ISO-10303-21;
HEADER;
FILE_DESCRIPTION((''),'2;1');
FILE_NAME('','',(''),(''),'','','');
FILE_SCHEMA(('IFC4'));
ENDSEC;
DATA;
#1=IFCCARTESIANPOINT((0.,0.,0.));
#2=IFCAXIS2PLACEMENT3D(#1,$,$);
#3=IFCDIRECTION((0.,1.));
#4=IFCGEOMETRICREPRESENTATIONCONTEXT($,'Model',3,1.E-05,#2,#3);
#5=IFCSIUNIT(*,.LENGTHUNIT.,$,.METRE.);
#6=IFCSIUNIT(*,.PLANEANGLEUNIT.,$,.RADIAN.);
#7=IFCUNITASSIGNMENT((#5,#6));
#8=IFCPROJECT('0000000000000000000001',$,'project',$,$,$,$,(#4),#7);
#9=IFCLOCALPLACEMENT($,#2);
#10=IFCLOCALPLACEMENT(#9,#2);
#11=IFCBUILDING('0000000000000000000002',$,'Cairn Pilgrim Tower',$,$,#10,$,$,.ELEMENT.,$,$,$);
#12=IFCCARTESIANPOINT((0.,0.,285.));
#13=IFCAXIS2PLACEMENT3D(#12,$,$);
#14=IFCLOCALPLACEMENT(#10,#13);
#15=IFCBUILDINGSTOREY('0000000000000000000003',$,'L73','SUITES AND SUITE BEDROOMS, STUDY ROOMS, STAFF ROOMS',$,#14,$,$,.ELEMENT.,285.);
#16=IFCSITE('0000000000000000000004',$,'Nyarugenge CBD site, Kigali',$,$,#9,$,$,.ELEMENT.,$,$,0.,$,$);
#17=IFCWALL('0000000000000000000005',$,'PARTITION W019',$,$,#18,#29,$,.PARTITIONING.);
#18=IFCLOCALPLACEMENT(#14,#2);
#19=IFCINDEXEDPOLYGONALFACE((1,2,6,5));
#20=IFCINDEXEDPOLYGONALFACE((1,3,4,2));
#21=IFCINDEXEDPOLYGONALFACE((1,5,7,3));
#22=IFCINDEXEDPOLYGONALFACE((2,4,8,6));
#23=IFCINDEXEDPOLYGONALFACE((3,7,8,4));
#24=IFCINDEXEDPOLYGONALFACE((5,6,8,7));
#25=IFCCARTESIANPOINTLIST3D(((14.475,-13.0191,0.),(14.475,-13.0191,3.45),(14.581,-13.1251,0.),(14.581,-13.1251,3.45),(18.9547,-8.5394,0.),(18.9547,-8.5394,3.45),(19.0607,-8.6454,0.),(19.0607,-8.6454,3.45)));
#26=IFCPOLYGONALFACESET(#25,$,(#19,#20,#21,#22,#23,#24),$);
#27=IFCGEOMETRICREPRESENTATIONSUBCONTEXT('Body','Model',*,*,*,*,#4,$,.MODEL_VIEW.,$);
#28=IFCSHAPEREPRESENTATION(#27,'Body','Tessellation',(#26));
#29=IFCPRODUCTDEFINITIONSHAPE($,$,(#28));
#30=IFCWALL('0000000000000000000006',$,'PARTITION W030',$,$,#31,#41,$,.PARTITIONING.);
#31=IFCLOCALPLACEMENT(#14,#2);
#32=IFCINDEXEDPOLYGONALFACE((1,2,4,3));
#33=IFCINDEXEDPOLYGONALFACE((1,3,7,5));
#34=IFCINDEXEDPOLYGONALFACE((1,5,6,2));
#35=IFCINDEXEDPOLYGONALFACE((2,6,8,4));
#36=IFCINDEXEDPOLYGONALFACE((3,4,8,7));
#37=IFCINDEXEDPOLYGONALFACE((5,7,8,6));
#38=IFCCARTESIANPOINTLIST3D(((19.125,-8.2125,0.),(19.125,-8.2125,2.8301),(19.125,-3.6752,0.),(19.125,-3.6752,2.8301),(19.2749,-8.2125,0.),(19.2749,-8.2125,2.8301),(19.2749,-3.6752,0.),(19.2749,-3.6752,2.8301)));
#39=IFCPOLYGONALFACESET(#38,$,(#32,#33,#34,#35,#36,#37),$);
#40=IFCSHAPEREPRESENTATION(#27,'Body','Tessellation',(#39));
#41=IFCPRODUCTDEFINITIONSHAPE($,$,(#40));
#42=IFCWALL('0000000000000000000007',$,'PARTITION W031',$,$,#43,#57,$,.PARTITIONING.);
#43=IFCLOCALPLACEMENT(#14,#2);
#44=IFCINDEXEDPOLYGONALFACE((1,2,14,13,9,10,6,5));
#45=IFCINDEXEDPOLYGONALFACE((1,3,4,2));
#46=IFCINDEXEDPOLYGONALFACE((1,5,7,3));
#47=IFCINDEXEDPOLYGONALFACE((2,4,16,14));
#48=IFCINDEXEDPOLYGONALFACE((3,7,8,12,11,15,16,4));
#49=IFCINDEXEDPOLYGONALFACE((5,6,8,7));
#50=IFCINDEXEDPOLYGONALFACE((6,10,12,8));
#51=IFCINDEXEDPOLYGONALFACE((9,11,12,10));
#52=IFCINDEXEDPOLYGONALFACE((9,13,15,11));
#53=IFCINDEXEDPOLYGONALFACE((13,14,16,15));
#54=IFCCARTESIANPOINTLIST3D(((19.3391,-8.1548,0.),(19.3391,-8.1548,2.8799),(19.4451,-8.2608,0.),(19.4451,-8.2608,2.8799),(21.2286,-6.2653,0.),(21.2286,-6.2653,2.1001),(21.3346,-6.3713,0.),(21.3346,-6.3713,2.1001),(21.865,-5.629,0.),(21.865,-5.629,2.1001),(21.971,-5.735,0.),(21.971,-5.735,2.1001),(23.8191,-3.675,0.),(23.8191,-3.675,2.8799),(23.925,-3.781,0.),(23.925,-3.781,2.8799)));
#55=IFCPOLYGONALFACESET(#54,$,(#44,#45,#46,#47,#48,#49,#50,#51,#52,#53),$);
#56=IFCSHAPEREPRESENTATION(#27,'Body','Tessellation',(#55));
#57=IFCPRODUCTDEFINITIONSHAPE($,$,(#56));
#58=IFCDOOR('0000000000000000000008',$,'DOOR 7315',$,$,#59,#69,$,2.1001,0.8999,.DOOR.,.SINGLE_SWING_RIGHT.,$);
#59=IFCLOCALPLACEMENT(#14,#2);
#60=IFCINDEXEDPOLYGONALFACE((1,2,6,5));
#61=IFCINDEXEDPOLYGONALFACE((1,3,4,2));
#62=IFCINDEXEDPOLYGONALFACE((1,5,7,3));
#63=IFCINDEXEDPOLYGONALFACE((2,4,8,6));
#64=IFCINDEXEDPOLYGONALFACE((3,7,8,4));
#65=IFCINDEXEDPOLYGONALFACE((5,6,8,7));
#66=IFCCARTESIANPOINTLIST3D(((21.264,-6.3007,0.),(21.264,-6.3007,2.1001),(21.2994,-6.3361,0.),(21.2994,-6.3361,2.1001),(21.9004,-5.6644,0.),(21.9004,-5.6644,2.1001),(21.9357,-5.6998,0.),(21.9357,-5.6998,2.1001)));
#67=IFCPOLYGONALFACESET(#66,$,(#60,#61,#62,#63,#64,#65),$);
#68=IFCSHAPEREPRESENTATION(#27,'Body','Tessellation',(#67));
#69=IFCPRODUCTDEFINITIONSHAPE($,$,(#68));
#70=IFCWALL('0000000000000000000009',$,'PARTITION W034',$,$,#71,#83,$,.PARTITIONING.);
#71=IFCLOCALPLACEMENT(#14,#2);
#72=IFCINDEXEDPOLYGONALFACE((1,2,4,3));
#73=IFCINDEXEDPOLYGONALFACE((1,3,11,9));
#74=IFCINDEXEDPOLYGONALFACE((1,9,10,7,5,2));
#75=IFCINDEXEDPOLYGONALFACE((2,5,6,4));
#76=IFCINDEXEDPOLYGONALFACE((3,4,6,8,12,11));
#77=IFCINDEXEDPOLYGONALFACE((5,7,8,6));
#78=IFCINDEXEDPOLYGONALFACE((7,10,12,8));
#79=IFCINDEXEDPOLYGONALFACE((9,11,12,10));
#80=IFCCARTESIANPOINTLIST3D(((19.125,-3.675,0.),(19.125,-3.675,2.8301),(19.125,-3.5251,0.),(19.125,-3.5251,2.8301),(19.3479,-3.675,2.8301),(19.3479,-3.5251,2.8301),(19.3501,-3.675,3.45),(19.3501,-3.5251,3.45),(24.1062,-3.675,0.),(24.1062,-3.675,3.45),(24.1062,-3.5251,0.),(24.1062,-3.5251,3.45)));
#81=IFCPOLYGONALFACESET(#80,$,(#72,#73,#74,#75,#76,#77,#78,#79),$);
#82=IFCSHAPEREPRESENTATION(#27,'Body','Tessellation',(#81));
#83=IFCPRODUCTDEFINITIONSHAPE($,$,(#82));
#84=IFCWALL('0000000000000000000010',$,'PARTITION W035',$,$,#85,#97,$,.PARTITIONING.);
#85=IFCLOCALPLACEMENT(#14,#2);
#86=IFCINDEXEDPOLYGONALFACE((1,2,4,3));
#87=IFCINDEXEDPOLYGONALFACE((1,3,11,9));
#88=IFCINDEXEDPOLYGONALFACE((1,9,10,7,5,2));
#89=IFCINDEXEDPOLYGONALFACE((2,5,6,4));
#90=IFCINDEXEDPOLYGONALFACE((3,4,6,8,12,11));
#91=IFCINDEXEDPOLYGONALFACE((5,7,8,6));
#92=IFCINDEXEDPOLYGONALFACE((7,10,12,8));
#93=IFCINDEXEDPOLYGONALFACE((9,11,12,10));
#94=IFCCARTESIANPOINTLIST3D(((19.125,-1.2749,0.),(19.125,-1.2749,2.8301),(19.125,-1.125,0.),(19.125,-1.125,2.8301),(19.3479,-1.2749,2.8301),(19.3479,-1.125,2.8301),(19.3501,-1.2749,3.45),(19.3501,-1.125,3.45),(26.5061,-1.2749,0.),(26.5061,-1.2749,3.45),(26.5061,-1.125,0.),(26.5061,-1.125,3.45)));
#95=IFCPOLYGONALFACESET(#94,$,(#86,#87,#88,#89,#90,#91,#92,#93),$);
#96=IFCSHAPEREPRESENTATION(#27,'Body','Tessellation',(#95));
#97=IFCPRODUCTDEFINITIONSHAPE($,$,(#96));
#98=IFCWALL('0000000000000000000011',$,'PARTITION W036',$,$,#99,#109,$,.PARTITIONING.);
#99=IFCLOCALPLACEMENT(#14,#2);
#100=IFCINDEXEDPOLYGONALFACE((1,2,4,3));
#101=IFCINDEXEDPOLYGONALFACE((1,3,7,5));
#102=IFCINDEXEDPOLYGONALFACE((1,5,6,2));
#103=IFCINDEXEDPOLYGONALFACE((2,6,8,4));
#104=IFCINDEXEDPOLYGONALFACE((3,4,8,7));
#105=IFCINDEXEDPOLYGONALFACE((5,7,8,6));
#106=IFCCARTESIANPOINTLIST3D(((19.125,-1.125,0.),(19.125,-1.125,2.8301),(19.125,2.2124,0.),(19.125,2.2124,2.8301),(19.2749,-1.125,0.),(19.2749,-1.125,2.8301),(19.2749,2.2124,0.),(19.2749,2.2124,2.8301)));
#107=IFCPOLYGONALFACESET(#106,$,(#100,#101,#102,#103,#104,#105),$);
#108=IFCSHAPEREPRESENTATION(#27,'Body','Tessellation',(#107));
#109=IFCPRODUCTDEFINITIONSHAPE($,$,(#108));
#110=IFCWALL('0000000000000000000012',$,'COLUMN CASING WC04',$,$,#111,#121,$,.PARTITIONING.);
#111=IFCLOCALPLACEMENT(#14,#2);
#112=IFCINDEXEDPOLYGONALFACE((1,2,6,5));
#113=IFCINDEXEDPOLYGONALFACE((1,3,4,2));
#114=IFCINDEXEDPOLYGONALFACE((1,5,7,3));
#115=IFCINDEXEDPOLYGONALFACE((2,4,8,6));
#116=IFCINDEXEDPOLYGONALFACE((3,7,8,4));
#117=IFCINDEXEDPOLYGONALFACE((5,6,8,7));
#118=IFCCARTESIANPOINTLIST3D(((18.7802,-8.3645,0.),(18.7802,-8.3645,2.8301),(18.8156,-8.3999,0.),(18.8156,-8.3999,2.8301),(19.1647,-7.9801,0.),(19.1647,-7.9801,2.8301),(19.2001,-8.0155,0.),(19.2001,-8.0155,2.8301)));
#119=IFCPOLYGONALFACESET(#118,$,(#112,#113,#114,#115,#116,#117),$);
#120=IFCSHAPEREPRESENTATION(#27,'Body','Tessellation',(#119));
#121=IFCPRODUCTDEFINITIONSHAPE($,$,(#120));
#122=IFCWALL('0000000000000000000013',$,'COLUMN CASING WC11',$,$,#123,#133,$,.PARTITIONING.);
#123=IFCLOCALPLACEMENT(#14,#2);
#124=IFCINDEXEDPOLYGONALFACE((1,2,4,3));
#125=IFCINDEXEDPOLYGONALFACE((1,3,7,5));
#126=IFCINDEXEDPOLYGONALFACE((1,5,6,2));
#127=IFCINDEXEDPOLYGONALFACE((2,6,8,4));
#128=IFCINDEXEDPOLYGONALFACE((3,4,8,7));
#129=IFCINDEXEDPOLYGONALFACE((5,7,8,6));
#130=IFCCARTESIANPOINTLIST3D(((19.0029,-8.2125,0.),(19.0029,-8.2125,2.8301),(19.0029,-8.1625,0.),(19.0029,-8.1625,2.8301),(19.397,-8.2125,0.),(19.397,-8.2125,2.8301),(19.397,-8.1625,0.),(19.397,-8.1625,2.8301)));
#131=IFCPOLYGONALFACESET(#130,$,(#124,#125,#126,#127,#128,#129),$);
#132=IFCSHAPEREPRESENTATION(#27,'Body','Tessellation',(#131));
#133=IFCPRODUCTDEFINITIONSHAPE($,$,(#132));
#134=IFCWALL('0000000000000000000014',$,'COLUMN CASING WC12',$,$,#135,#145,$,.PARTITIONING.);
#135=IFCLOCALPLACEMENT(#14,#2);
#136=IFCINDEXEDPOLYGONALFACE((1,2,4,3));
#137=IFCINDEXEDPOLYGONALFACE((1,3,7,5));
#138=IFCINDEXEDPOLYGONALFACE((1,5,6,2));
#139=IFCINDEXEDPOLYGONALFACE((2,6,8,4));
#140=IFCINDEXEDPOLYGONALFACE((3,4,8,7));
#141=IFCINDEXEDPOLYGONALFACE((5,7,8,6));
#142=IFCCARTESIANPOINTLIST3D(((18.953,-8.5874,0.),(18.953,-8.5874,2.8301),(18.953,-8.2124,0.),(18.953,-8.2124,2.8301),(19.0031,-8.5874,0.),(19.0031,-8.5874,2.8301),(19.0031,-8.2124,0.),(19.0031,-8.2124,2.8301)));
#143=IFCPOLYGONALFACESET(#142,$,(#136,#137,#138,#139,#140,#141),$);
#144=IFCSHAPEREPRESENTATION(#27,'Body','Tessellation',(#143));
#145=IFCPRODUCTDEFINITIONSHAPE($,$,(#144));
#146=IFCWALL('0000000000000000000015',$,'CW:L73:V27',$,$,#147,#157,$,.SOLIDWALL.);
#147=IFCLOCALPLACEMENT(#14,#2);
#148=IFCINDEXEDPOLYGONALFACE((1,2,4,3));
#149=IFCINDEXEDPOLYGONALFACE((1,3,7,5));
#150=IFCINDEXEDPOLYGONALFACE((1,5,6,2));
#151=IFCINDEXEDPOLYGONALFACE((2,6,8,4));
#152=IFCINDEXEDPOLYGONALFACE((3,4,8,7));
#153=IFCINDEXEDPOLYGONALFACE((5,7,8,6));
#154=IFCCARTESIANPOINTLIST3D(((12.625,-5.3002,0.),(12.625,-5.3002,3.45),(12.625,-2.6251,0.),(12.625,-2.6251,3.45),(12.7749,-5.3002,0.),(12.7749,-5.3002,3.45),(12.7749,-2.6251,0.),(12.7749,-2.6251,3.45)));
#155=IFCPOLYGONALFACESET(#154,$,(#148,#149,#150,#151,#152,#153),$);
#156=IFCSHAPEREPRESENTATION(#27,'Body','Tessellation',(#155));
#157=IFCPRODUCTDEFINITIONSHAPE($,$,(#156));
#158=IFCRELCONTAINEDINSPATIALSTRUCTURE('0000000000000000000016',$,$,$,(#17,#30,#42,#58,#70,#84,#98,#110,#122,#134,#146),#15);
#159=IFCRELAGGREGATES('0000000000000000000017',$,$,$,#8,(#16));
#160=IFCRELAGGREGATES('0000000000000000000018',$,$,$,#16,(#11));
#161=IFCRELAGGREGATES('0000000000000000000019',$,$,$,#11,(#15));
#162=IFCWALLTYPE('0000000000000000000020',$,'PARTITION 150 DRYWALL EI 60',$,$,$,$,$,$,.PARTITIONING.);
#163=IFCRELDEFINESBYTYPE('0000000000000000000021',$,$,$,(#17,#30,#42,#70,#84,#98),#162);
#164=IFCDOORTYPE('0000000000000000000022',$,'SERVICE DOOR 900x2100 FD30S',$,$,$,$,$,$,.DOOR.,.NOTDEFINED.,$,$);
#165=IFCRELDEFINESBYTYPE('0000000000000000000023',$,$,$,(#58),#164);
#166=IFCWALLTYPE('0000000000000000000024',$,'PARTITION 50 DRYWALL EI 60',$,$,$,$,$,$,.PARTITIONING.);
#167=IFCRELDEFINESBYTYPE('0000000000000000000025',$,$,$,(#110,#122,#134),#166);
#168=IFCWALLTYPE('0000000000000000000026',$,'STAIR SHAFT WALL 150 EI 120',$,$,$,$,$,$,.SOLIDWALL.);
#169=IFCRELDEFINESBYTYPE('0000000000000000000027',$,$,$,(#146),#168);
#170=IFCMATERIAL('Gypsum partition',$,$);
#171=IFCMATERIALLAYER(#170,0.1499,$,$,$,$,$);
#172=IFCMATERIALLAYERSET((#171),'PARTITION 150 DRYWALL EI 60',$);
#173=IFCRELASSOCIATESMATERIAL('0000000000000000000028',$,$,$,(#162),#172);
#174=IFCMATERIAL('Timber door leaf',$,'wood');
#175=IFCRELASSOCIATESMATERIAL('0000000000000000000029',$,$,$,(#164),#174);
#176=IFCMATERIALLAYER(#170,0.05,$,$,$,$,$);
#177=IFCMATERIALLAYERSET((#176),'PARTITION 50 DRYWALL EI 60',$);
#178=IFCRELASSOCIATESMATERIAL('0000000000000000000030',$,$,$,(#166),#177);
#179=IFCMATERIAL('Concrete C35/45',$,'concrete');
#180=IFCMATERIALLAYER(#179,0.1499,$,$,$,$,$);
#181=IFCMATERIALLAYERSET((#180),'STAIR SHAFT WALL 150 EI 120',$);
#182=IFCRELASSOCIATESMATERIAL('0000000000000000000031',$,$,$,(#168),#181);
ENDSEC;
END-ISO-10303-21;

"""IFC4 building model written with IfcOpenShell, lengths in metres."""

from ifc_helpers import new_model, si_unit, direction, frame, frame_2d, origin, place, context, subcontext, project, spatial, polyline, rectangle, outline, extrude, material, layer, layer_set, type_object, element, fill, save


model = new_model("IFC4")

# Units and contexts
model_context = context("Model", 3, precision=1e-05, world=origin(), true_north=direction((0.0, 1.0)))
body_context = subcontext(model_context, "Body", "Model", "MODEL_VIEW")
ifc_project = project(units=[si_unit("LENGTHUNIT", "METRE"), si_unit("PLANEANGLEUNIT", "RADIAN")], contexts=[model_context])

# Site, building, storey
site_placement = place(None, origin())
site = spatial("IfcSite", under=ifc_project, at=site_placement, Name="Nyarugenge CBD site, Kigali", CompositionType="ELEMENT", RefElevation=0.0)
building_placement = place(site_placement, origin())
building = spatial("IfcBuilding", under=site, at=building_placement, Name="Cairn Pilgrim Tower", CompositionType="ELEMENT")
storey_placement = place(building_placement, frame((0.0, 0.0, 285.0)))
storey = spatial("IfcBuildingStorey", under=building, at=storey_placement, Name="L73", Description="SUITES AND SUITE BEDROOMS, STUDY ROOMS, STAFF ROOMS", CompositionType="ELEMENT", Elevation=285.0)

# Walls
ifc_material_1 = material(Name="Gypsum partition")
ifc_layer_1 = layer(ifc_material_1, 0.1499)
ifc_layer_set_1 = layer_set([ifc_layer_1], Name="PARTITION 150 DRYWALL EI 60")
wall_type_1 = type_object("IfcWallType", Name="PARTITION 150 DRYWALL EI 60", PredefinedType="PARTITIONING", material=ifc_layer_set_1)
wall_1_placement = place(storey_placement, frame((14.5281, -13.072, 0.0), z_axis=(0.0, 0.0, 1.0), x_axis=(0.707107, 0.707107, 0.0)))
element("IfcWall", 1, at=wall_1_placement, inside=storey, type_object=wall_type_1, Name="PARTITION W019", PredefinedType="PARTITIONING", context=body_context, shape_type="SweptSolid", body=[
    extrude(rectangle(XDim=6.3352, YDim=0.1499, at=frame_2d((3.1675, 0.0))), origin(), (0.0, 0.0, 1.0), 3.45),
])
wall_2_placement = place(storey_placement, frame((19.2, -8.2124, 0.0), z_axis=(0.0, 0.0, 1.0), x_axis=(0.0, 1.0, 0.0)))
element("IfcWall", 2, at=wall_2_placement, inside=storey, type_object=wall_type_1, Name="PARTITION W030", PredefinedType="PARTITIONING", context=body_context, shape_type="SweptSolid", body=[
    extrude(rectangle(XDim=4.5374, YDim=0.1499, at=frame_2d((2.2686, 0.0))), origin(), (0.0, 0.0, 1.0), 2.8301),
])

# Wall, opening, door
wall_3_placement = place(storey_placement, frame((19.3921, -8.2078, 0.0), z_axis=(0.0, 0.0, 1.0), x_axis=(0.707126, 0.707088, 0.0)))
wall_3 = element("IfcWall", 3, at=wall_3_placement, inside=storey, type_object=wall_type_1, Name="PARTITION W031", PredefinedType="PARTITIONING", context=body_context, shape_type="SweptSolid", body=[
    extrude(rectangle(XDim=6.3354, YDim=0.1499, at=frame_2d((3.1677, 0.0))), origin(), (0.0, 0.0, 1.0), 2.8799),
])
opening_1_placement = place(wall_3_placement, frame((2.6721, 0.0, 0.0)))
opening_1 = element("IfcOpeningElement", 4, at=opening_1_placement, cuts=wall_3, PredefinedType="OPENING", context=body_context, shape_type="SweptSolid", body=[
    extrude(rectangle(XDim=0.8999, YDim=2.1001, at=frame_2d((0.45, 1.05))), frame((0.0, 0.085, 0.0), z_axis=(0.0, -1.0, 0.0), x_axis=(1.0, 0.0, 0.0)), (0.0, 0.0, 1.0), 0.1699),
])
ifc_material_2 = material(Name="Timber door leaf", Category="wood")
door_type_1 = type_object("IfcDoorType", Name="SERVICE DOOR 900x2100 FD30S", OperationType="NOTDEFINED", PredefinedType="DOOR", material=ifc_material_2)
door_1_placement = place(opening_1_placement, origin())
door_1 = element("IfcDoor", 5, at=door_1_placement, inside=storey, type_object=door_type_1, Name="DOOR 7315", OperationType="SINGLE_SWING_RIGHT", OverallHeight=2.1001, OverallWidth=0.8999, PredefinedType="DOOR", context=body_context, shape_type="SweptSolid", body=[
    extrude(rectangle(XDim=0.8999, YDim=2.1001, at=frame_2d((0.45, 1.05))), frame((0.0, 0.0249, 0.0), z_axis=(0.0, -1.0, 0.0), x_axis=(1.0, 0.0, 0.0)), (0.0, 0.0, 1.0), 0.05),
])
fill(opening_1, door_1)

# Walls
wall_4_placement = place(storey_placement, frame((19.125, -3.6001, 0.0), z_axis=(0.0, 0.0, 1.0), x_axis=(1.0, 0.0, 0.0)))
element("IfcWall", 6, at=wall_4_placement, inside=storey, type_object=wall_type_1, Name="PARTITION W034", PredefinedType="PARTITIONING", context=body_context, shape_type="SweptSolid", body=[
    extrude(outline(polyline([(0.0, 0.0), (4.9812, 0.0), (4.9812, 3.45), (0.2251, 3.45), (0.2229, 2.8301), (0.0, 2.8301), (0.0, 0.0)])), frame((0.0, 0.075, 0.0), z_axis=(0.0, -1.0, 0.0), x_axis=(1.0, 0.0, 0.0)), (0.0, 0.0, 1.0), 0.1499),
])
wall_5_placement = place(storey_placement, frame((19.125, -1.2, 0.0), z_axis=(0.0, 0.0, 1.0), x_axis=(1.0, 0.0, 0.0)))
element("IfcWall", 7, at=wall_5_placement, inside=storey, type_object=wall_type_1, Name="PARTITION W035", PredefinedType="PARTITIONING", context=body_context, shape_type="SweptSolid", body=[
    extrude(outline(polyline([(0.0, 0.0), (7.3811, 0.0), (7.3811, 3.45), (0.2251, 3.45), (0.2229, 2.8301), (0.0, 2.8301), (0.0, 0.0)])), frame((0.0, 0.075, 0.0), z_axis=(0.0, -1.0, 0.0), x_axis=(1.0, 0.0, 0.0)), (0.0, 0.0, 1.0), 0.1499),
])
wall_6_placement = place(storey_placement, frame((19.2, -1.125, 0.0), z_axis=(0.0, 0.0, 1.0), x_axis=(0.0, 1.0, 0.0)))
element("IfcWall", 8, at=wall_6_placement, inside=storey, type_object=wall_type_1, Name="PARTITION W036", PredefinedType="PARTITIONING", context=body_context, shape_type="SweptSolid", body=[
    extrude(rectangle(XDim=3.3374, YDim=0.1499, at=frame_2d((1.6687, 0.0))), origin(), (0.0, 0.0, 1.0), 2.8301),
])
ifc_layer_2 = layer(ifc_material_1, 0.05)
ifc_layer_set_2 = layer_set([ifc_layer_2], Name="PARTITION 50 DRYWALL EI 60")
wall_type_2 = type_object("IfcWallType", Name="PARTITION 50 DRYWALL EI 60", PredefinedType="PARTITIONING", material=ifc_layer_set_2)
wall_7_placement = place(storey_placement, frame((18.7979, -8.3823, 0.0), z_axis=(0.0, 0.0, 1.0), x_axis=(0.707107, 0.707107, 0.0)))
element("IfcWall", 9, at=wall_7_placement, inside=storey, type_object=wall_type_2, Name="COLUMN CASING WC04", PredefinedType="PARTITIONING", context=body_context, shape_type="SweptSolid", body=[
    extrude(rectangle(XDim=0.5437, YDim=0.05, at=frame_2d((0.272, 0.0))), origin(), (0.0, 0.0, 1.0), 2.8301),
])
wall_8_placement = place(storey_placement, frame((19.0029, -8.1875, 0.0), z_axis=(0.0, 0.0, 1.0), x_axis=(1.0, 0.0, 0.0)))
element("IfcWall", 10, at=wall_8_placement, inside=storey, type_object=wall_type_2, Name="COLUMN CASING WC11", PredefinedType="PARTITIONING", context=body_context, shape_type="SweptSolid", body=[
    extrude(rectangle(XDim=0.394, YDim=0.05, at=frame_2d((0.197, 0.0))), origin(), (0.0, 0.0, 1.0), 2.8301),
])
wall_9_placement = place(storey_placement, frame((18.978, -8.5874, 0.0), z_axis=(0.0, 0.0, 1.0), x_axis=(0.0, 1.0, 0.0)))
element("IfcWall", 11, at=wall_9_placement, inside=storey, type_object=wall_type_2, Name="COLUMN CASING WC12", PredefinedType="PARTITIONING", context=body_context, shape_type="SweptSolid", body=[
    extrude(rectangle(XDim=0.375, YDim=0.05, at=frame_2d((0.1875, 0.0))), origin(), (0.0, 0.0, 1.0), 2.8301),
])
ifc_material_3 = material(Name="Concrete C35/45", Category="concrete")
ifc_layer_3 = layer(ifc_material_3, 0.1499)
ifc_layer_set_3 = layer_set([ifc_layer_3], Name="STAIR SHAFT WALL 150 EI 120")
wall_type_3 = type_object("IfcWallType", Name="STAIR SHAFT WALL 150 EI 120", PredefinedType="SOLIDWALL", material=ifc_layer_set_3)
wall_10_placement = place(storey_placement, frame((12.7, -5.3, 0.0), z_axis=(0.0, 0.0, 1.0), x_axis=(0.0, 1.0, 0.0)))
element("IfcWall", 12, at=wall_10_placement, inside=storey, type_object=wall_type_3, Name="CW:L73:V27", PredefinedType="SOLIDWALL", context=body_context, shape_type="SweptSolid", body=[
    extrude(rectangle(XDim=2.675, YDim=0.1499, at=frame_2d((1.3374, 0.0))), origin(), (0.0, 0.0, 1.0), 3.45),
])

save(model, "model.ifc")
